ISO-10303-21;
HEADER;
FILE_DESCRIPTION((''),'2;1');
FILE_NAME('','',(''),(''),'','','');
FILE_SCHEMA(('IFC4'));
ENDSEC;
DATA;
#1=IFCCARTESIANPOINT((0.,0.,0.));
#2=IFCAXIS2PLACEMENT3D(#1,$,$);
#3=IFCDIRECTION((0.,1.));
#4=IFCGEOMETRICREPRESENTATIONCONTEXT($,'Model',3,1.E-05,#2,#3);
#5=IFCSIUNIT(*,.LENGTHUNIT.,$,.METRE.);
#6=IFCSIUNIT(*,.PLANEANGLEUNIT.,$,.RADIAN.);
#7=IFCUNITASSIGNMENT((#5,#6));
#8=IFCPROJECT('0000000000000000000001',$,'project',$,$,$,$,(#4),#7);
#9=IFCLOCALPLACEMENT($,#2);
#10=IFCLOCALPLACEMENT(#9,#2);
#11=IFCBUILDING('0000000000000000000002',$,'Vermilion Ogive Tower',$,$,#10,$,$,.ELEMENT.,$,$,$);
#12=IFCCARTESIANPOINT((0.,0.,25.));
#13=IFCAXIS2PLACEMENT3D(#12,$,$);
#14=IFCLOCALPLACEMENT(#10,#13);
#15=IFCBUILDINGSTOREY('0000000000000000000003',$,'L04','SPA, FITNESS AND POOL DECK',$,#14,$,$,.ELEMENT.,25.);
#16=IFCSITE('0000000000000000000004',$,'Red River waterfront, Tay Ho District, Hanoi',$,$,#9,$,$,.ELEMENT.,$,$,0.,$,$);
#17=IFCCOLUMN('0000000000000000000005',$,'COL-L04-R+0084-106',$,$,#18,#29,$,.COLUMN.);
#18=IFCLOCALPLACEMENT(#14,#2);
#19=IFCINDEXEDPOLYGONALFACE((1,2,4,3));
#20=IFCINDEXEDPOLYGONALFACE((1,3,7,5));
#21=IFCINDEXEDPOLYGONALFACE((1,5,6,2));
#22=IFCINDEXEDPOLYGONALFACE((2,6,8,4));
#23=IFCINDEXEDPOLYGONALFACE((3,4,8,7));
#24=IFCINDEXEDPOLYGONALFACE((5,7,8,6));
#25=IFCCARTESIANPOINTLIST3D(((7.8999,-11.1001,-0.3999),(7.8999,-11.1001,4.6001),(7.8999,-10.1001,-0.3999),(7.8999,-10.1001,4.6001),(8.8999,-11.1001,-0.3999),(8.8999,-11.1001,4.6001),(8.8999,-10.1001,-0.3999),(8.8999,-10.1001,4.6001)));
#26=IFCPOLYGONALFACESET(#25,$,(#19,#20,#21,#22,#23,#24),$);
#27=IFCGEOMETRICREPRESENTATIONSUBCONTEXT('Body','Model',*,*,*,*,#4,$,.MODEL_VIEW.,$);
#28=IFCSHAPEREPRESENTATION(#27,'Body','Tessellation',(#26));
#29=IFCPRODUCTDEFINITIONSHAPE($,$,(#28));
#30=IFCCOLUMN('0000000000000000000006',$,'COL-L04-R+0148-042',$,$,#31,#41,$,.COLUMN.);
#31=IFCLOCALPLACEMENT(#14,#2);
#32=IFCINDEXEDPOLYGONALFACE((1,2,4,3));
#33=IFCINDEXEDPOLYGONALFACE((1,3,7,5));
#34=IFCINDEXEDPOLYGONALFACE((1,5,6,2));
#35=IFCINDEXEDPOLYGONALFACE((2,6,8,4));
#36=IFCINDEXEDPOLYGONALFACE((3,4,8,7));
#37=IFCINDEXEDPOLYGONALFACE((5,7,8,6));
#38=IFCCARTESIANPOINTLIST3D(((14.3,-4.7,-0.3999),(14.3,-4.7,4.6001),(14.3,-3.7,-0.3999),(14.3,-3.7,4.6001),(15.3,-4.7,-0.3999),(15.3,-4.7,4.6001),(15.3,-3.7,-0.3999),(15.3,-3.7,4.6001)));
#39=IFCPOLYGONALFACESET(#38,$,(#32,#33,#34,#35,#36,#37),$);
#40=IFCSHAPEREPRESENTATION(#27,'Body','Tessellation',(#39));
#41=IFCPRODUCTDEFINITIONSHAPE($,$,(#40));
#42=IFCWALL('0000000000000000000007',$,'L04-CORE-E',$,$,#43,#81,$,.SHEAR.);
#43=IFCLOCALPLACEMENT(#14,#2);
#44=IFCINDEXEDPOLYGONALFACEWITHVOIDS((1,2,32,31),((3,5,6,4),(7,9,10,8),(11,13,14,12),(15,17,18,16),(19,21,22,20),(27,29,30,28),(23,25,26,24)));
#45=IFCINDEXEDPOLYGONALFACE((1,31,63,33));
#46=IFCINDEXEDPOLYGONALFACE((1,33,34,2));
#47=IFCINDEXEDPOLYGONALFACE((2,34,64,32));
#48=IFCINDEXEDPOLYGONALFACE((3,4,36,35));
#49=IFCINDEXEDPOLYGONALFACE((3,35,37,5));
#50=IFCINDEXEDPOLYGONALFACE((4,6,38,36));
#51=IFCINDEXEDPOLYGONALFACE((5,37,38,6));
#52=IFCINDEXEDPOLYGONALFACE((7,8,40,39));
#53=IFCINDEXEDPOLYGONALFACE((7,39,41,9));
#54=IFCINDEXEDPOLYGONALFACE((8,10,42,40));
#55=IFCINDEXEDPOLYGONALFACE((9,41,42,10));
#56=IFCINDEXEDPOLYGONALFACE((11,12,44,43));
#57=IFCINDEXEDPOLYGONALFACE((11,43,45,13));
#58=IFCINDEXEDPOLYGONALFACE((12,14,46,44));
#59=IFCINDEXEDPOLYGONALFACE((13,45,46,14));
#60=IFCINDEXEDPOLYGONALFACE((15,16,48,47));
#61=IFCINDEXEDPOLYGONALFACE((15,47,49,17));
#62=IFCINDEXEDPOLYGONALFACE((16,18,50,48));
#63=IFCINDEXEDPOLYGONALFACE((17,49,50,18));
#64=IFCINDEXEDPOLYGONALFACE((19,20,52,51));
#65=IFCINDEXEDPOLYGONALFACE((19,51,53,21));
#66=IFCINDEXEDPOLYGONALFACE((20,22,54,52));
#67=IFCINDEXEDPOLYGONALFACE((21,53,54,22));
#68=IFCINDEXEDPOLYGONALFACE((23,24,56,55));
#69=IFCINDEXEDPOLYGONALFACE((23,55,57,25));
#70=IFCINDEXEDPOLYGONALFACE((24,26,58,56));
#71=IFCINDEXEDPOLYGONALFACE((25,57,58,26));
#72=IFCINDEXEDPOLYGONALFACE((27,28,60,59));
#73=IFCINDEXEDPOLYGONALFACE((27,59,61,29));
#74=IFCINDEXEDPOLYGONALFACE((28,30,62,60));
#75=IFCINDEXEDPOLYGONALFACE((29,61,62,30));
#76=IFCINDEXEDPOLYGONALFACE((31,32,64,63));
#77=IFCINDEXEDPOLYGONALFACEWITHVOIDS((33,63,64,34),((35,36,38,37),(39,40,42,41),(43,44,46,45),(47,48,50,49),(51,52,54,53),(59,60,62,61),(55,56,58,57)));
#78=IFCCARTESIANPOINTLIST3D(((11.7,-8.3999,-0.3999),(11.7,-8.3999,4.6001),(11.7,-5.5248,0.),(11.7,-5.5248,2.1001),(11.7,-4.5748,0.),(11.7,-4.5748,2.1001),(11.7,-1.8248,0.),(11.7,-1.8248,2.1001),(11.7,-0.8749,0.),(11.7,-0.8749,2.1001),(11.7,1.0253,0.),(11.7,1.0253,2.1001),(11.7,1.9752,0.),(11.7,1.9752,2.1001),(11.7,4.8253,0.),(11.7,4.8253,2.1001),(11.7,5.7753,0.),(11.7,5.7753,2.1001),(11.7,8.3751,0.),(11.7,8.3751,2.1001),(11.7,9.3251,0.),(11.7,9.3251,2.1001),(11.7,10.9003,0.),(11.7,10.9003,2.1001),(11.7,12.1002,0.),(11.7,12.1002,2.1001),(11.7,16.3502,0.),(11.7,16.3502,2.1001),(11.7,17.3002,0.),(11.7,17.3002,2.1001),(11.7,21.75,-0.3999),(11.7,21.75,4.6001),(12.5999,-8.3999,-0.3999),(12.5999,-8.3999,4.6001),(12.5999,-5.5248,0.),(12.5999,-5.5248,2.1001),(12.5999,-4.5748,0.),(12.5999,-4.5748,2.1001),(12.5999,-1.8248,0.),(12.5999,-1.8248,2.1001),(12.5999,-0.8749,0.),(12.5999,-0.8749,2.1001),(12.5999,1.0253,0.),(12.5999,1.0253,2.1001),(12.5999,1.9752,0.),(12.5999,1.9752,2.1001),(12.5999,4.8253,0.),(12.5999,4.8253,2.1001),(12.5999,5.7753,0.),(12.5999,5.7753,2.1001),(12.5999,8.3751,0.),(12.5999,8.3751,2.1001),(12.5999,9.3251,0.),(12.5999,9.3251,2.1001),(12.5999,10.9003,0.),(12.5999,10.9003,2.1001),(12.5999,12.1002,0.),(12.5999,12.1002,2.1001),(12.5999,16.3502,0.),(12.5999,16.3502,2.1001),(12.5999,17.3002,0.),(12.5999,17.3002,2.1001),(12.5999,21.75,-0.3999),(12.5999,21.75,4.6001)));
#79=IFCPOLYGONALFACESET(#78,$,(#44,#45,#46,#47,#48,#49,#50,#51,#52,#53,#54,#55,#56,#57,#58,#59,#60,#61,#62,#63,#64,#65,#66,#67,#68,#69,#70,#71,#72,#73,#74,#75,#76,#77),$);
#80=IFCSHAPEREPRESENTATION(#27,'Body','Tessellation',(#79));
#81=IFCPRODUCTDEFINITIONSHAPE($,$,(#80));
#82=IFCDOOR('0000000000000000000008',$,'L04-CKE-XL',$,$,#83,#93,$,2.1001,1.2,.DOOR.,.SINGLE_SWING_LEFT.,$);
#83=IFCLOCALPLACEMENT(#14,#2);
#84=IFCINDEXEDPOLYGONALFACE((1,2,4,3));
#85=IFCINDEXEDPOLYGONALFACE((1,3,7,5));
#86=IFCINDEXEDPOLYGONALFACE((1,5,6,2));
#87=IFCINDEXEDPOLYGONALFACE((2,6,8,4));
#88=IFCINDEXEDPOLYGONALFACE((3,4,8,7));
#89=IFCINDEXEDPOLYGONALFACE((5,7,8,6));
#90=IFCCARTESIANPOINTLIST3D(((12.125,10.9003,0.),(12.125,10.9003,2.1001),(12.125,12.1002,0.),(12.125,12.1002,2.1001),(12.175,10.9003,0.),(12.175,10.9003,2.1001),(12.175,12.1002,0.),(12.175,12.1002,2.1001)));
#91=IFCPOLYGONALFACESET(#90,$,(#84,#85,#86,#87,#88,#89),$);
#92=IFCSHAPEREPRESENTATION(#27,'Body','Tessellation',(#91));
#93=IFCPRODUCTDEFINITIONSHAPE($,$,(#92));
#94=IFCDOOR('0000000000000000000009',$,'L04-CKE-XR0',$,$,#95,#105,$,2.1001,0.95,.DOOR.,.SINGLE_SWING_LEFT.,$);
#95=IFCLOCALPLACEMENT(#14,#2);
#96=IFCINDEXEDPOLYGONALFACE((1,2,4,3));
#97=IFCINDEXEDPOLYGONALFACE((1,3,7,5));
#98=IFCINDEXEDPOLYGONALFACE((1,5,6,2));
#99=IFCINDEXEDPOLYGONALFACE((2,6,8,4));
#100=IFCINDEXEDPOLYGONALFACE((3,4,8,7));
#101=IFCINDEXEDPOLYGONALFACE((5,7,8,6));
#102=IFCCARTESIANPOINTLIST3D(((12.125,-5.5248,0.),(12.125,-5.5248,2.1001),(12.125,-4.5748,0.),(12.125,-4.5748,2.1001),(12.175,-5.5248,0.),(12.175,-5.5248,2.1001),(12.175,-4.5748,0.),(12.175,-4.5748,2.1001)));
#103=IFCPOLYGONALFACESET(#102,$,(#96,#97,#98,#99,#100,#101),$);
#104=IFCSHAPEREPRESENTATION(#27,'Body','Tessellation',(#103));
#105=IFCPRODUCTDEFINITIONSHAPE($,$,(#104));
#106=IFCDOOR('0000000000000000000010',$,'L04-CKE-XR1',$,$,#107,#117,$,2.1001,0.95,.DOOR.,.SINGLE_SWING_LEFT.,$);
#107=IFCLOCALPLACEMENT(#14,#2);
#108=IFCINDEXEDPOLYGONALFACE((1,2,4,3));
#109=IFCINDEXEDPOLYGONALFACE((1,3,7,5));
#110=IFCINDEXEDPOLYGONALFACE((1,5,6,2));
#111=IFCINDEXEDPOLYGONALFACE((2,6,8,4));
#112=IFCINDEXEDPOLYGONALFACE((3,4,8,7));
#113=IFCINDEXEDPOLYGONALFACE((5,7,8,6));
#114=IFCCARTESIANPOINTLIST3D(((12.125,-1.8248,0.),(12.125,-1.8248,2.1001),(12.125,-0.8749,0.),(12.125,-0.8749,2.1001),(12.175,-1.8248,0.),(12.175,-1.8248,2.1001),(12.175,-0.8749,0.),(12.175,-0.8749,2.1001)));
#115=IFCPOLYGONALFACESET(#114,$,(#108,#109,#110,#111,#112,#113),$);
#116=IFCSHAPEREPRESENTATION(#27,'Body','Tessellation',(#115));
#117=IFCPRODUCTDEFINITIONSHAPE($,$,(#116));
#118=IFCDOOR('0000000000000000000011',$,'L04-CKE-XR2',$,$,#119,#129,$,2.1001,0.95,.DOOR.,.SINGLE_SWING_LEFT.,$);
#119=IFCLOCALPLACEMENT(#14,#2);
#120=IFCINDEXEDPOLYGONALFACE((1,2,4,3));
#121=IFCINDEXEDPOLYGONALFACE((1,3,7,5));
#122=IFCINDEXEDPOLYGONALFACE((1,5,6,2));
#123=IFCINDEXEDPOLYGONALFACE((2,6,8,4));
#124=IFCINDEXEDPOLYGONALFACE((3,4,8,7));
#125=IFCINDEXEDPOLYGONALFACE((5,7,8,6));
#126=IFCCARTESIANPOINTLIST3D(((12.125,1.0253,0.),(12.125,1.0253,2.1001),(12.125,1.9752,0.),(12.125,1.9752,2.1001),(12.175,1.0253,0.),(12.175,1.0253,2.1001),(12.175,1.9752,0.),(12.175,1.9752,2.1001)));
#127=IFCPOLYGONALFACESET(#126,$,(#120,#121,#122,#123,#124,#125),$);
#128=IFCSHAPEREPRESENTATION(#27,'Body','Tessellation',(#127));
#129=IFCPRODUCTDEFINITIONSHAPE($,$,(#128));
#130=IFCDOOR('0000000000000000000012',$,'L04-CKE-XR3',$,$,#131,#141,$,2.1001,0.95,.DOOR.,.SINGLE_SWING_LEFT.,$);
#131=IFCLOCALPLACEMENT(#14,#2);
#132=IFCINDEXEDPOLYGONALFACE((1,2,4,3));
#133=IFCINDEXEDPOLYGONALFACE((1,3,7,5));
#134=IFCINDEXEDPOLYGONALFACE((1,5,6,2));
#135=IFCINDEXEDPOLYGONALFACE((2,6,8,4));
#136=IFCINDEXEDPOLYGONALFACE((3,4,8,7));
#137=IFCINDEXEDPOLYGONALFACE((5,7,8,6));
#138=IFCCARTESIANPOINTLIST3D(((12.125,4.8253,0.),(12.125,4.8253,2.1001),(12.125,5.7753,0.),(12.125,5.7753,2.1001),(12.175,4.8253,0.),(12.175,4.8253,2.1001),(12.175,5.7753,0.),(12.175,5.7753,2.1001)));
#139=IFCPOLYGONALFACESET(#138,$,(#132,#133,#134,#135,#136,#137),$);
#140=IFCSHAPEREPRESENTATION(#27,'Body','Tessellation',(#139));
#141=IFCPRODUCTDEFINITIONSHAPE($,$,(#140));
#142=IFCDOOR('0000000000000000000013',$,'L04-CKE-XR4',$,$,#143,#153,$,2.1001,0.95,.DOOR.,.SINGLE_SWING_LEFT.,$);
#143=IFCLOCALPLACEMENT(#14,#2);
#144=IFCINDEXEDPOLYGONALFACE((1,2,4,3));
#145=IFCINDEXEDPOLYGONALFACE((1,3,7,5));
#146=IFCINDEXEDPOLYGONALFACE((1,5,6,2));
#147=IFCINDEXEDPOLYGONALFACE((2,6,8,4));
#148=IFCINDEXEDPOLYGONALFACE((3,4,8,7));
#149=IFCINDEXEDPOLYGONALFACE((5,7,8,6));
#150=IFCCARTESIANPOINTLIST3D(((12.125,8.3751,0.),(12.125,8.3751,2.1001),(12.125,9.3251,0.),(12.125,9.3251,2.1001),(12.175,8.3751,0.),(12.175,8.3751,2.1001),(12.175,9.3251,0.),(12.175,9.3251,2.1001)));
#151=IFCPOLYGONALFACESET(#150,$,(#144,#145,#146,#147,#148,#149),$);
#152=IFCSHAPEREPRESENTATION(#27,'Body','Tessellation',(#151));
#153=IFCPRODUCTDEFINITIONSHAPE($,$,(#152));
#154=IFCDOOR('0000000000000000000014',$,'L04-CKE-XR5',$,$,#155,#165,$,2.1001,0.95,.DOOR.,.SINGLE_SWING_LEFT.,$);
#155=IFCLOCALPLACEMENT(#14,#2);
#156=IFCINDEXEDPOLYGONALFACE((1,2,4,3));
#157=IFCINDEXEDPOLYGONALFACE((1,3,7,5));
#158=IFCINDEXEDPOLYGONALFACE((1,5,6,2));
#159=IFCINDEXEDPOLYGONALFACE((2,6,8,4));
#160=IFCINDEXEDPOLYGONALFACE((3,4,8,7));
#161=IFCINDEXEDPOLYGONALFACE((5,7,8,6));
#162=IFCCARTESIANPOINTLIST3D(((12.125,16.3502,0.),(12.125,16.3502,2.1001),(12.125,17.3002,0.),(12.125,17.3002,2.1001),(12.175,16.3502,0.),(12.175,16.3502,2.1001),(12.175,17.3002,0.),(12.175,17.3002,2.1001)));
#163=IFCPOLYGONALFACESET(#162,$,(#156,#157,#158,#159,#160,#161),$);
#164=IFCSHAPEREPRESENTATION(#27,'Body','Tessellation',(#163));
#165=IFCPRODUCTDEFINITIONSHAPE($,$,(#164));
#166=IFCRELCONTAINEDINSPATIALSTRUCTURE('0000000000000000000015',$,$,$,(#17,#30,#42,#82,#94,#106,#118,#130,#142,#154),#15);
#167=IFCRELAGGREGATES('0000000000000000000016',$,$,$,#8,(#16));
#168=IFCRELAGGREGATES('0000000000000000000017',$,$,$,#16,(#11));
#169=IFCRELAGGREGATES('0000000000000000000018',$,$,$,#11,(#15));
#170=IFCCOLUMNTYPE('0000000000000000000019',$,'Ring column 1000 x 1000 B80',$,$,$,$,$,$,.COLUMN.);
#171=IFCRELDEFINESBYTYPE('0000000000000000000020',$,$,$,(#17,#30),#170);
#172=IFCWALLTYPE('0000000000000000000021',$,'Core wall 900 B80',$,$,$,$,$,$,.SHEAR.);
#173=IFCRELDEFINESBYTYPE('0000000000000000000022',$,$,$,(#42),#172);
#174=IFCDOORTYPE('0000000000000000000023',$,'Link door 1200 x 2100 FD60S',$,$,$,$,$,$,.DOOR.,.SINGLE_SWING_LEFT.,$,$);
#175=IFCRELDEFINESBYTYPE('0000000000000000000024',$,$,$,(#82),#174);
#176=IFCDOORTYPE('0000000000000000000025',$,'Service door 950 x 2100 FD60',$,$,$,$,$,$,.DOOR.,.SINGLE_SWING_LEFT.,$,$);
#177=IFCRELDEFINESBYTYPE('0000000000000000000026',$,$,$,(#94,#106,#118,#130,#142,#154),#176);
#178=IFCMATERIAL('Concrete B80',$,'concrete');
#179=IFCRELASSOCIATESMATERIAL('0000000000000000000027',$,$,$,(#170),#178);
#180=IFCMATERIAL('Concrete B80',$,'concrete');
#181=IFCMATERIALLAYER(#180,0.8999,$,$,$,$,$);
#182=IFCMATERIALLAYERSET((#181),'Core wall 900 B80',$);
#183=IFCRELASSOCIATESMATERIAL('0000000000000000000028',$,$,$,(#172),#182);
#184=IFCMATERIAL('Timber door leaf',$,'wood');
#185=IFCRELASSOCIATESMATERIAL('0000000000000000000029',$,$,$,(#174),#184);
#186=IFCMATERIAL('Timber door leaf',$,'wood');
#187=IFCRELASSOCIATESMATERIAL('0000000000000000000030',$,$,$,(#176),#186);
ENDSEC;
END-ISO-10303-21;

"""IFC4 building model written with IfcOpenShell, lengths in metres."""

from ifc_helpers import new_model, si_unit, direction, frame, frame_2d, origin, origin_2d, place, context, subcontext, project, spatial, rectangle, extrude, material, layer, layer_set, material_profile, profile_set, type_object, element, fill, save


model = new_model("IFC4")

# Units and contexts
model_context = context("Model", 3, precision=1e-05, world=origin(), true_north=direction((0.0, 1.0)))
body_context = subcontext(model_context, "Body", "Model", "MODEL_VIEW")
ifc_project = project(units=[si_unit("LENGTHUNIT", "METRE"), si_unit("PLANEANGLEUNIT", "RADIAN")], contexts=[model_context])

# Site, building, storey
site_placement = place(None, origin())
site = spatial("IfcSite", under=ifc_project, at=site_placement, Name="Red River waterfront, Tay Ho District, Hanoi", CompositionType="ELEMENT", RefElevation=0.0)
building_placement = place(site_placement, origin())
building = spatial("IfcBuilding", under=site, at=building_placement, Name="Vermilion Ogive Tower", CompositionType="ELEMENT")
storey_placement = place(building_placement, frame((0.0, 0.0, 25.0)))
storey = spatial("IfcBuildingStorey", under=building, at=storey_placement, Name="L04", Description="SPA, FITNESS AND POOL DECK", CompositionType="ELEMENT", Elevation=25.0)

# Columns
ifc_material_1 = material(Name="Concrete B80", Category="concrete")
ifc_material_profile = material_profile(ifc_material_1, rectangle(XDim=1.0, YDim=1.0, at=origin_2d()), Name="1000 x 1000")
ifc_profile_set = profile_set([ifc_material_profile], Name="Concrete B80")
column_type = type_object("IfcColumnType", Name="Ring column 1000 x 1000 B80", PredefinedType="COLUMN", material=ifc_profile_set)
for number, where, z_axis, x_axis, name in (
    (1, (8.3999, -10.6001, -0.3999), (0.0, 0.0, 1.0), (1.0, 0.0, 0.0), "COL-L04-R+0084-106"),
    (2, (14.8, -4.2, -0.3999), (0.0, 0.0, 1.0), (1.0, 0.0, 0.0), "COL-L04-R+0148-042"),
):
    element("IfcColumn", number, at=place(storey_placement, frame(where, z_axis=z_axis, x_axis=x_axis)), inside=storey, type_object=column_type, Name=name, PredefinedType="COLUMN", context=body_context, shape_type="SweptSolid", body=[
        extrude(rectangle(XDim=1.0, YDim=1.0, at=origin_2d()), origin(), (0.0, 0.0, 1.0), 5.0),
    ])

# Wall, openings, doors
ifc_material_2 = material(Name="Concrete B80", Category="concrete")
ifc_layer_1 = layer(ifc_material_2, 0.8999)
ifc_layer_set_1 = layer_set([ifc_layer_1], Name="Core wall 900 B80")
wall_type_1 = type_object("IfcWallType", Name="Core wall 900 B80", PredefinedType="SHEAR", material=ifc_layer_set_1)
wall_1_placement = place(storey_placement, frame((12.1499, -8.3999, -0.3999), z_axis=(0.0, 0.0, 1.0), x_axis=(0.0, 1.0, 0.0)))
wall_1 = element("IfcWall", 3, at=wall_1_placement, inside=storey, type_object=wall_type_1, Name="L04-CORE-E", PredefinedType="SHEAR", context=body_context, shape_type="SweptSolid", body=[
    extrude(rectangle(XDim=30.1499, YDim=0.8999, at=frame_2d((15.075, 0.0))), origin(), (0.0, 0.0, 1.0), 5.0),
])
opening_1_placement = place(wall_1_placement, frame((2.875, 0.0, 0.3999)))
opening_1 = element("IfcOpeningElement", 4, at=opening_1_placement, cuts=wall_1, PredefinedType="OPENING", context=body_context, shape_type="SweptSolid", body=[
    extrude(rectangle(XDim=0.95, YDim=2.1001, at=frame_2d((0.4751, 1.05))), frame((0.0, 0.46, 0.0), z_axis=(0.0, -1.0, 0.0), x_axis=(1.0, 0.0, 0.0)), (0.0, 0.0, 1.0), 0.9199),
])
opening_2_placement = place(wall_1_placement, frame((6.575, 0.0, 0.3999)))
opening_2 = element("IfcOpeningElement", 5, at=opening_2_placement, cuts=wall_1, PredefinedType="OPENING", context=body_context, shape_type="SweptSolid", body=[
    extrude(rectangle(XDim=0.95, YDim=2.1001, at=frame_2d((0.4751, 1.05))), frame((0.0, 0.46, 0.0), z_axis=(0.0, -1.0, 0.0), x_axis=(1.0, 0.0, 0.0)), (0.0, 0.0, 1.0), 0.9199),
])
opening_3_placement = place(wall_1_placement, frame((9.425, 0.0, 0.3999)))
opening_3 = element("IfcOpeningElement", 6, at=opening_3_placement, cuts=wall_1, PredefinedType="OPENING", context=body_context, shape_type="SweptSolid", body=[
    extrude(rectangle(XDim=0.95, YDim=2.1001, at=frame_2d((0.4751, 1.05))), frame((0.0, 0.46, 0.0), z_axis=(0.0, -1.0, 0.0), x_axis=(1.0, 0.0, 0.0)), (0.0, 0.0, 1.0), 0.9199),
])
opening_4_placement = place(wall_1_placement, frame((13.2251, 0.0, 0.3999)))
opening_4 = element("IfcOpeningElement", 7, at=opening_4_placement, cuts=wall_1, PredefinedType="OPENING", context=body_context, shape_type="SweptSolid", body=[
    extrude(rectangle(XDim=0.95, YDim=2.1001, at=frame_2d((0.4751, 1.05))), frame((0.0, 0.46, 0.0), z_axis=(0.0, -1.0, 0.0), x_axis=(1.0, 0.0, 0.0)), (0.0, 0.0, 1.0), 0.9199),
])
opening_5_placement = place(wall_1_placement, frame((16.7749, 0.0, 0.3999)))
opening_5 = element("IfcOpeningElement", 8, at=opening_5_placement, cuts=wall_1, PredefinedType="OPENING", context=body_context, shape_type="SweptSolid", body=[
    extrude(rectangle(XDim=0.95, YDim=2.1001, at=frame_2d((0.4751, 1.05))), frame((0.0, 0.46, 0.0), z_axis=(0.0, -1.0, 0.0), x_axis=(1.0, 0.0, 0.0)), (0.0, 0.0, 1.0), 0.9199),
])
opening_6_placement = place(wall_1_placement, frame((24.75, 0.0, 0.3999)))
opening_6 = element("IfcOpeningElement", 9, at=opening_6_placement, cuts=wall_1, PredefinedType="OPENING", context=body_context, shape_type="SweptSolid", body=[
    extrude(rectangle(XDim=0.95, YDim=2.1001, at=frame_2d((0.4751, 1.05))), frame((0.0, 0.46, 0.0), z_axis=(0.0, -1.0, 0.0), x_axis=(1.0, 0.0, 0.0)), (0.0, 0.0, 1.0), 0.9199),
])
opening_7_placement = place(wall_1_placement, frame((19.3, 0.0, 0.3999)))
opening_7 = element("IfcOpeningElement", 10, at=opening_7_placement, cuts=wall_1, PredefinedType="OPENING", context=body_context, shape_type="SweptSolid", body=[
    extrude(rectangle(XDim=1.2, YDim=2.1001, at=frame_2d((0.6001, 1.05))), frame((0.0, 0.46, 0.0), z_axis=(0.0, -1.0, 0.0), x_axis=(1.0, 0.0, 0.0)), (0.0, 0.0, 1.0), 0.9199),
])
ifc_material_3 = material(Name="Timber door leaf", Category="wood")
door_type_1 = type_object("IfcDoorType", Name="Link door 1200 x 2100 FD60S", OperationType="SINGLE_SWING_LEFT", PredefinedType="DOOR", material=ifc_material_3)
door_1_placement = place(opening_7_placement, origin())
door_1 = element("IfcDoor", 11, at=door_1_placement, inside=storey, type_object=door_type_1, Name="L04-CKE-XL", OperationType="SINGLE_SWING_LEFT", OverallHeight=2.1001, OverallWidth=1.2, PredefinedType="DOOR", context=body_context, shape_type="SweptSolid", body=[
    extrude(rectangle(XDim=1.2, YDim=2.1001, at=frame_2d((0.6001, 1.05))), frame((0.0, 0.0249, 0.0), z_axis=(0.0, -1.0, 0.0), x_axis=(1.0, 0.0, 0.0)), (0.0, 0.0, 1.0), 0.05),
])
fill(opening_7, door_1)
ifc_material_4 = material(Name="Timber door leaf", Category="wood")
door_type_2 = type_object("IfcDoorType", Name="Service door 950 x 2100 FD60", OperationType="SINGLE_SWING_LEFT", PredefinedType="DOOR", material=ifc_material_4)
door_2_placement = place(opening_1_placement, origin())
door_2 = element("IfcDoor", 12, at=door_2_placement, inside=storey, type_object=door_type_2, Name="L04-CKE-XR0", OperationType="SINGLE_SWING_LEFT", OverallHeight=2.1001, OverallWidth=0.95, PredefinedType="DOOR", context=body_context, shape_type="SweptSolid", body=[
    extrude(rectangle(XDim=0.95, YDim=2.1001, at=frame_2d((0.4751, 1.05))), frame((0.0, 0.0249, 0.0), z_axis=(0.0, -1.0, 0.0), x_axis=(1.0, 0.0, 0.0)), (0.0, 0.0, 1.0), 0.05),
])
fill(opening_1, door_2)
door_3_placement = place(opening_2_placement, origin())
door_3 = element("IfcDoor", 13, at=door_3_placement, inside=storey, type_object=door_type_2, Name="L04-CKE-XR1", OperationType="SINGLE_SWING_LEFT", OverallHeight=2.1001, OverallWidth=0.95, PredefinedType="DOOR", context=body_context, shape_type="SweptSolid", body=[
    extrude(rectangle(XDim=0.95, YDim=2.1001, at=frame_2d((0.4751, 1.05))), frame((0.0, 0.0249, 0.0), z_axis=(0.0, -1.0, 0.0), x_axis=(1.0, 0.0, 0.0)), (0.0, 0.0, 1.0), 0.05),
])
fill(opening_2, door_3)
door_4_placement = place(opening_3_placement, origin())
door_4 = element("IfcDoor", 14, at=door_4_placement, inside=storey, type_object=door_type_2, Name="L04-CKE-XR2", OperationType="SINGLE_SWING_LEFT", OverallHeight=2.1001, OverallWidth=0.95, PredefinedType="DOOR", context=body_context, shape_type="SweptSolid", body=[
    extrude(rectangle(XDim=0.95, YDim=2.1001, at=frame_2d((0.4751, 1.05))), frame((0.0, 0.0249, 0.0), z_axis=(0.0, -1.0, 0.0), x_axis=(1.0, 0.0, 0.0)), (0.0, 0.0, 1.0), 0.05),
])
fill(opening_3, door_4)
door_5_placement = place(opening_4_placement, origin())
door_5 = element("IfcDoor", 15, at=door_5_placement, inside=storey, type_object=door_type_2, Name="L04-CKE-XR3", OperationType="SINGLE_SWING_LEFT", OverallHeight=2.1001, OverallWidth=0.95, PredefinedType="DOOR", context=body_context, shape_type="SweptSolid", body=[
    extrude(rectangle(XDim=0.95, YDim=2.1001, at=frame_2d((0.4751, 1.05))), frame((0.0, 0.0249, 0.0), z_axis=(0.0, -1.0, 0.0), x_axis=(1.0, 0.0, 0.0)), (0.0, 0.0, 1.0), 0.05),
])
fill(opening_4, door_5)
door_6_placement = place(opening_5_placement, origin())
door_6 = element("IfcDoor", 16, at=door_6_placement, inside=storey, type_object=door_type_2, Name="L04-CKE-XR4", OperationType="SINGLE_SWING_LEFT", OverallHeight=2.1001, OverallWidth=0.95, PredefinedType="DOOR", context=body_context, shape_type="SweptSolid", body=[
    extrude(rectangle(XDim=0.95, YDim=2.1001, at=frame_2d((0.4751, 1.05))), frame((0.0, 0.0249, 0.0), z_axis=(0.0, -1.0, 0.0), x_axis=(1.0, 0.0, 0.0)), (0.0, 0.0, 1.0), 0.05),
])
fill(opening_5, door_6)
door_7_placement = place(opening_6_placement, origin())
door_7 = element("IfcDoor", 17, at=door_7_placement, inside=storey, type_object=door_type_2, Name="L04-CKE-XR5", OperationType="SINGLE_SWING_LEFT", OverallHeight=2.1001, OverallWidth=0.95, PredefinedType="DOOR", context=body_context, shape_type="SweptSolid", body=[
    extrude(rectangle(XDim=0.95, YDim=2.1001, at=frame_2d((0.4751, 1.05))), frame((0.0, 0.0249, 0.0), z_axis=(0.0, -1.0, 0.0), x_axis=(1.0, 0.0, 0.0)), (0.0, 0.0, 1.0), 0.05),
])
fill(opening_6, door_7)

save(model, "model.ifc")
